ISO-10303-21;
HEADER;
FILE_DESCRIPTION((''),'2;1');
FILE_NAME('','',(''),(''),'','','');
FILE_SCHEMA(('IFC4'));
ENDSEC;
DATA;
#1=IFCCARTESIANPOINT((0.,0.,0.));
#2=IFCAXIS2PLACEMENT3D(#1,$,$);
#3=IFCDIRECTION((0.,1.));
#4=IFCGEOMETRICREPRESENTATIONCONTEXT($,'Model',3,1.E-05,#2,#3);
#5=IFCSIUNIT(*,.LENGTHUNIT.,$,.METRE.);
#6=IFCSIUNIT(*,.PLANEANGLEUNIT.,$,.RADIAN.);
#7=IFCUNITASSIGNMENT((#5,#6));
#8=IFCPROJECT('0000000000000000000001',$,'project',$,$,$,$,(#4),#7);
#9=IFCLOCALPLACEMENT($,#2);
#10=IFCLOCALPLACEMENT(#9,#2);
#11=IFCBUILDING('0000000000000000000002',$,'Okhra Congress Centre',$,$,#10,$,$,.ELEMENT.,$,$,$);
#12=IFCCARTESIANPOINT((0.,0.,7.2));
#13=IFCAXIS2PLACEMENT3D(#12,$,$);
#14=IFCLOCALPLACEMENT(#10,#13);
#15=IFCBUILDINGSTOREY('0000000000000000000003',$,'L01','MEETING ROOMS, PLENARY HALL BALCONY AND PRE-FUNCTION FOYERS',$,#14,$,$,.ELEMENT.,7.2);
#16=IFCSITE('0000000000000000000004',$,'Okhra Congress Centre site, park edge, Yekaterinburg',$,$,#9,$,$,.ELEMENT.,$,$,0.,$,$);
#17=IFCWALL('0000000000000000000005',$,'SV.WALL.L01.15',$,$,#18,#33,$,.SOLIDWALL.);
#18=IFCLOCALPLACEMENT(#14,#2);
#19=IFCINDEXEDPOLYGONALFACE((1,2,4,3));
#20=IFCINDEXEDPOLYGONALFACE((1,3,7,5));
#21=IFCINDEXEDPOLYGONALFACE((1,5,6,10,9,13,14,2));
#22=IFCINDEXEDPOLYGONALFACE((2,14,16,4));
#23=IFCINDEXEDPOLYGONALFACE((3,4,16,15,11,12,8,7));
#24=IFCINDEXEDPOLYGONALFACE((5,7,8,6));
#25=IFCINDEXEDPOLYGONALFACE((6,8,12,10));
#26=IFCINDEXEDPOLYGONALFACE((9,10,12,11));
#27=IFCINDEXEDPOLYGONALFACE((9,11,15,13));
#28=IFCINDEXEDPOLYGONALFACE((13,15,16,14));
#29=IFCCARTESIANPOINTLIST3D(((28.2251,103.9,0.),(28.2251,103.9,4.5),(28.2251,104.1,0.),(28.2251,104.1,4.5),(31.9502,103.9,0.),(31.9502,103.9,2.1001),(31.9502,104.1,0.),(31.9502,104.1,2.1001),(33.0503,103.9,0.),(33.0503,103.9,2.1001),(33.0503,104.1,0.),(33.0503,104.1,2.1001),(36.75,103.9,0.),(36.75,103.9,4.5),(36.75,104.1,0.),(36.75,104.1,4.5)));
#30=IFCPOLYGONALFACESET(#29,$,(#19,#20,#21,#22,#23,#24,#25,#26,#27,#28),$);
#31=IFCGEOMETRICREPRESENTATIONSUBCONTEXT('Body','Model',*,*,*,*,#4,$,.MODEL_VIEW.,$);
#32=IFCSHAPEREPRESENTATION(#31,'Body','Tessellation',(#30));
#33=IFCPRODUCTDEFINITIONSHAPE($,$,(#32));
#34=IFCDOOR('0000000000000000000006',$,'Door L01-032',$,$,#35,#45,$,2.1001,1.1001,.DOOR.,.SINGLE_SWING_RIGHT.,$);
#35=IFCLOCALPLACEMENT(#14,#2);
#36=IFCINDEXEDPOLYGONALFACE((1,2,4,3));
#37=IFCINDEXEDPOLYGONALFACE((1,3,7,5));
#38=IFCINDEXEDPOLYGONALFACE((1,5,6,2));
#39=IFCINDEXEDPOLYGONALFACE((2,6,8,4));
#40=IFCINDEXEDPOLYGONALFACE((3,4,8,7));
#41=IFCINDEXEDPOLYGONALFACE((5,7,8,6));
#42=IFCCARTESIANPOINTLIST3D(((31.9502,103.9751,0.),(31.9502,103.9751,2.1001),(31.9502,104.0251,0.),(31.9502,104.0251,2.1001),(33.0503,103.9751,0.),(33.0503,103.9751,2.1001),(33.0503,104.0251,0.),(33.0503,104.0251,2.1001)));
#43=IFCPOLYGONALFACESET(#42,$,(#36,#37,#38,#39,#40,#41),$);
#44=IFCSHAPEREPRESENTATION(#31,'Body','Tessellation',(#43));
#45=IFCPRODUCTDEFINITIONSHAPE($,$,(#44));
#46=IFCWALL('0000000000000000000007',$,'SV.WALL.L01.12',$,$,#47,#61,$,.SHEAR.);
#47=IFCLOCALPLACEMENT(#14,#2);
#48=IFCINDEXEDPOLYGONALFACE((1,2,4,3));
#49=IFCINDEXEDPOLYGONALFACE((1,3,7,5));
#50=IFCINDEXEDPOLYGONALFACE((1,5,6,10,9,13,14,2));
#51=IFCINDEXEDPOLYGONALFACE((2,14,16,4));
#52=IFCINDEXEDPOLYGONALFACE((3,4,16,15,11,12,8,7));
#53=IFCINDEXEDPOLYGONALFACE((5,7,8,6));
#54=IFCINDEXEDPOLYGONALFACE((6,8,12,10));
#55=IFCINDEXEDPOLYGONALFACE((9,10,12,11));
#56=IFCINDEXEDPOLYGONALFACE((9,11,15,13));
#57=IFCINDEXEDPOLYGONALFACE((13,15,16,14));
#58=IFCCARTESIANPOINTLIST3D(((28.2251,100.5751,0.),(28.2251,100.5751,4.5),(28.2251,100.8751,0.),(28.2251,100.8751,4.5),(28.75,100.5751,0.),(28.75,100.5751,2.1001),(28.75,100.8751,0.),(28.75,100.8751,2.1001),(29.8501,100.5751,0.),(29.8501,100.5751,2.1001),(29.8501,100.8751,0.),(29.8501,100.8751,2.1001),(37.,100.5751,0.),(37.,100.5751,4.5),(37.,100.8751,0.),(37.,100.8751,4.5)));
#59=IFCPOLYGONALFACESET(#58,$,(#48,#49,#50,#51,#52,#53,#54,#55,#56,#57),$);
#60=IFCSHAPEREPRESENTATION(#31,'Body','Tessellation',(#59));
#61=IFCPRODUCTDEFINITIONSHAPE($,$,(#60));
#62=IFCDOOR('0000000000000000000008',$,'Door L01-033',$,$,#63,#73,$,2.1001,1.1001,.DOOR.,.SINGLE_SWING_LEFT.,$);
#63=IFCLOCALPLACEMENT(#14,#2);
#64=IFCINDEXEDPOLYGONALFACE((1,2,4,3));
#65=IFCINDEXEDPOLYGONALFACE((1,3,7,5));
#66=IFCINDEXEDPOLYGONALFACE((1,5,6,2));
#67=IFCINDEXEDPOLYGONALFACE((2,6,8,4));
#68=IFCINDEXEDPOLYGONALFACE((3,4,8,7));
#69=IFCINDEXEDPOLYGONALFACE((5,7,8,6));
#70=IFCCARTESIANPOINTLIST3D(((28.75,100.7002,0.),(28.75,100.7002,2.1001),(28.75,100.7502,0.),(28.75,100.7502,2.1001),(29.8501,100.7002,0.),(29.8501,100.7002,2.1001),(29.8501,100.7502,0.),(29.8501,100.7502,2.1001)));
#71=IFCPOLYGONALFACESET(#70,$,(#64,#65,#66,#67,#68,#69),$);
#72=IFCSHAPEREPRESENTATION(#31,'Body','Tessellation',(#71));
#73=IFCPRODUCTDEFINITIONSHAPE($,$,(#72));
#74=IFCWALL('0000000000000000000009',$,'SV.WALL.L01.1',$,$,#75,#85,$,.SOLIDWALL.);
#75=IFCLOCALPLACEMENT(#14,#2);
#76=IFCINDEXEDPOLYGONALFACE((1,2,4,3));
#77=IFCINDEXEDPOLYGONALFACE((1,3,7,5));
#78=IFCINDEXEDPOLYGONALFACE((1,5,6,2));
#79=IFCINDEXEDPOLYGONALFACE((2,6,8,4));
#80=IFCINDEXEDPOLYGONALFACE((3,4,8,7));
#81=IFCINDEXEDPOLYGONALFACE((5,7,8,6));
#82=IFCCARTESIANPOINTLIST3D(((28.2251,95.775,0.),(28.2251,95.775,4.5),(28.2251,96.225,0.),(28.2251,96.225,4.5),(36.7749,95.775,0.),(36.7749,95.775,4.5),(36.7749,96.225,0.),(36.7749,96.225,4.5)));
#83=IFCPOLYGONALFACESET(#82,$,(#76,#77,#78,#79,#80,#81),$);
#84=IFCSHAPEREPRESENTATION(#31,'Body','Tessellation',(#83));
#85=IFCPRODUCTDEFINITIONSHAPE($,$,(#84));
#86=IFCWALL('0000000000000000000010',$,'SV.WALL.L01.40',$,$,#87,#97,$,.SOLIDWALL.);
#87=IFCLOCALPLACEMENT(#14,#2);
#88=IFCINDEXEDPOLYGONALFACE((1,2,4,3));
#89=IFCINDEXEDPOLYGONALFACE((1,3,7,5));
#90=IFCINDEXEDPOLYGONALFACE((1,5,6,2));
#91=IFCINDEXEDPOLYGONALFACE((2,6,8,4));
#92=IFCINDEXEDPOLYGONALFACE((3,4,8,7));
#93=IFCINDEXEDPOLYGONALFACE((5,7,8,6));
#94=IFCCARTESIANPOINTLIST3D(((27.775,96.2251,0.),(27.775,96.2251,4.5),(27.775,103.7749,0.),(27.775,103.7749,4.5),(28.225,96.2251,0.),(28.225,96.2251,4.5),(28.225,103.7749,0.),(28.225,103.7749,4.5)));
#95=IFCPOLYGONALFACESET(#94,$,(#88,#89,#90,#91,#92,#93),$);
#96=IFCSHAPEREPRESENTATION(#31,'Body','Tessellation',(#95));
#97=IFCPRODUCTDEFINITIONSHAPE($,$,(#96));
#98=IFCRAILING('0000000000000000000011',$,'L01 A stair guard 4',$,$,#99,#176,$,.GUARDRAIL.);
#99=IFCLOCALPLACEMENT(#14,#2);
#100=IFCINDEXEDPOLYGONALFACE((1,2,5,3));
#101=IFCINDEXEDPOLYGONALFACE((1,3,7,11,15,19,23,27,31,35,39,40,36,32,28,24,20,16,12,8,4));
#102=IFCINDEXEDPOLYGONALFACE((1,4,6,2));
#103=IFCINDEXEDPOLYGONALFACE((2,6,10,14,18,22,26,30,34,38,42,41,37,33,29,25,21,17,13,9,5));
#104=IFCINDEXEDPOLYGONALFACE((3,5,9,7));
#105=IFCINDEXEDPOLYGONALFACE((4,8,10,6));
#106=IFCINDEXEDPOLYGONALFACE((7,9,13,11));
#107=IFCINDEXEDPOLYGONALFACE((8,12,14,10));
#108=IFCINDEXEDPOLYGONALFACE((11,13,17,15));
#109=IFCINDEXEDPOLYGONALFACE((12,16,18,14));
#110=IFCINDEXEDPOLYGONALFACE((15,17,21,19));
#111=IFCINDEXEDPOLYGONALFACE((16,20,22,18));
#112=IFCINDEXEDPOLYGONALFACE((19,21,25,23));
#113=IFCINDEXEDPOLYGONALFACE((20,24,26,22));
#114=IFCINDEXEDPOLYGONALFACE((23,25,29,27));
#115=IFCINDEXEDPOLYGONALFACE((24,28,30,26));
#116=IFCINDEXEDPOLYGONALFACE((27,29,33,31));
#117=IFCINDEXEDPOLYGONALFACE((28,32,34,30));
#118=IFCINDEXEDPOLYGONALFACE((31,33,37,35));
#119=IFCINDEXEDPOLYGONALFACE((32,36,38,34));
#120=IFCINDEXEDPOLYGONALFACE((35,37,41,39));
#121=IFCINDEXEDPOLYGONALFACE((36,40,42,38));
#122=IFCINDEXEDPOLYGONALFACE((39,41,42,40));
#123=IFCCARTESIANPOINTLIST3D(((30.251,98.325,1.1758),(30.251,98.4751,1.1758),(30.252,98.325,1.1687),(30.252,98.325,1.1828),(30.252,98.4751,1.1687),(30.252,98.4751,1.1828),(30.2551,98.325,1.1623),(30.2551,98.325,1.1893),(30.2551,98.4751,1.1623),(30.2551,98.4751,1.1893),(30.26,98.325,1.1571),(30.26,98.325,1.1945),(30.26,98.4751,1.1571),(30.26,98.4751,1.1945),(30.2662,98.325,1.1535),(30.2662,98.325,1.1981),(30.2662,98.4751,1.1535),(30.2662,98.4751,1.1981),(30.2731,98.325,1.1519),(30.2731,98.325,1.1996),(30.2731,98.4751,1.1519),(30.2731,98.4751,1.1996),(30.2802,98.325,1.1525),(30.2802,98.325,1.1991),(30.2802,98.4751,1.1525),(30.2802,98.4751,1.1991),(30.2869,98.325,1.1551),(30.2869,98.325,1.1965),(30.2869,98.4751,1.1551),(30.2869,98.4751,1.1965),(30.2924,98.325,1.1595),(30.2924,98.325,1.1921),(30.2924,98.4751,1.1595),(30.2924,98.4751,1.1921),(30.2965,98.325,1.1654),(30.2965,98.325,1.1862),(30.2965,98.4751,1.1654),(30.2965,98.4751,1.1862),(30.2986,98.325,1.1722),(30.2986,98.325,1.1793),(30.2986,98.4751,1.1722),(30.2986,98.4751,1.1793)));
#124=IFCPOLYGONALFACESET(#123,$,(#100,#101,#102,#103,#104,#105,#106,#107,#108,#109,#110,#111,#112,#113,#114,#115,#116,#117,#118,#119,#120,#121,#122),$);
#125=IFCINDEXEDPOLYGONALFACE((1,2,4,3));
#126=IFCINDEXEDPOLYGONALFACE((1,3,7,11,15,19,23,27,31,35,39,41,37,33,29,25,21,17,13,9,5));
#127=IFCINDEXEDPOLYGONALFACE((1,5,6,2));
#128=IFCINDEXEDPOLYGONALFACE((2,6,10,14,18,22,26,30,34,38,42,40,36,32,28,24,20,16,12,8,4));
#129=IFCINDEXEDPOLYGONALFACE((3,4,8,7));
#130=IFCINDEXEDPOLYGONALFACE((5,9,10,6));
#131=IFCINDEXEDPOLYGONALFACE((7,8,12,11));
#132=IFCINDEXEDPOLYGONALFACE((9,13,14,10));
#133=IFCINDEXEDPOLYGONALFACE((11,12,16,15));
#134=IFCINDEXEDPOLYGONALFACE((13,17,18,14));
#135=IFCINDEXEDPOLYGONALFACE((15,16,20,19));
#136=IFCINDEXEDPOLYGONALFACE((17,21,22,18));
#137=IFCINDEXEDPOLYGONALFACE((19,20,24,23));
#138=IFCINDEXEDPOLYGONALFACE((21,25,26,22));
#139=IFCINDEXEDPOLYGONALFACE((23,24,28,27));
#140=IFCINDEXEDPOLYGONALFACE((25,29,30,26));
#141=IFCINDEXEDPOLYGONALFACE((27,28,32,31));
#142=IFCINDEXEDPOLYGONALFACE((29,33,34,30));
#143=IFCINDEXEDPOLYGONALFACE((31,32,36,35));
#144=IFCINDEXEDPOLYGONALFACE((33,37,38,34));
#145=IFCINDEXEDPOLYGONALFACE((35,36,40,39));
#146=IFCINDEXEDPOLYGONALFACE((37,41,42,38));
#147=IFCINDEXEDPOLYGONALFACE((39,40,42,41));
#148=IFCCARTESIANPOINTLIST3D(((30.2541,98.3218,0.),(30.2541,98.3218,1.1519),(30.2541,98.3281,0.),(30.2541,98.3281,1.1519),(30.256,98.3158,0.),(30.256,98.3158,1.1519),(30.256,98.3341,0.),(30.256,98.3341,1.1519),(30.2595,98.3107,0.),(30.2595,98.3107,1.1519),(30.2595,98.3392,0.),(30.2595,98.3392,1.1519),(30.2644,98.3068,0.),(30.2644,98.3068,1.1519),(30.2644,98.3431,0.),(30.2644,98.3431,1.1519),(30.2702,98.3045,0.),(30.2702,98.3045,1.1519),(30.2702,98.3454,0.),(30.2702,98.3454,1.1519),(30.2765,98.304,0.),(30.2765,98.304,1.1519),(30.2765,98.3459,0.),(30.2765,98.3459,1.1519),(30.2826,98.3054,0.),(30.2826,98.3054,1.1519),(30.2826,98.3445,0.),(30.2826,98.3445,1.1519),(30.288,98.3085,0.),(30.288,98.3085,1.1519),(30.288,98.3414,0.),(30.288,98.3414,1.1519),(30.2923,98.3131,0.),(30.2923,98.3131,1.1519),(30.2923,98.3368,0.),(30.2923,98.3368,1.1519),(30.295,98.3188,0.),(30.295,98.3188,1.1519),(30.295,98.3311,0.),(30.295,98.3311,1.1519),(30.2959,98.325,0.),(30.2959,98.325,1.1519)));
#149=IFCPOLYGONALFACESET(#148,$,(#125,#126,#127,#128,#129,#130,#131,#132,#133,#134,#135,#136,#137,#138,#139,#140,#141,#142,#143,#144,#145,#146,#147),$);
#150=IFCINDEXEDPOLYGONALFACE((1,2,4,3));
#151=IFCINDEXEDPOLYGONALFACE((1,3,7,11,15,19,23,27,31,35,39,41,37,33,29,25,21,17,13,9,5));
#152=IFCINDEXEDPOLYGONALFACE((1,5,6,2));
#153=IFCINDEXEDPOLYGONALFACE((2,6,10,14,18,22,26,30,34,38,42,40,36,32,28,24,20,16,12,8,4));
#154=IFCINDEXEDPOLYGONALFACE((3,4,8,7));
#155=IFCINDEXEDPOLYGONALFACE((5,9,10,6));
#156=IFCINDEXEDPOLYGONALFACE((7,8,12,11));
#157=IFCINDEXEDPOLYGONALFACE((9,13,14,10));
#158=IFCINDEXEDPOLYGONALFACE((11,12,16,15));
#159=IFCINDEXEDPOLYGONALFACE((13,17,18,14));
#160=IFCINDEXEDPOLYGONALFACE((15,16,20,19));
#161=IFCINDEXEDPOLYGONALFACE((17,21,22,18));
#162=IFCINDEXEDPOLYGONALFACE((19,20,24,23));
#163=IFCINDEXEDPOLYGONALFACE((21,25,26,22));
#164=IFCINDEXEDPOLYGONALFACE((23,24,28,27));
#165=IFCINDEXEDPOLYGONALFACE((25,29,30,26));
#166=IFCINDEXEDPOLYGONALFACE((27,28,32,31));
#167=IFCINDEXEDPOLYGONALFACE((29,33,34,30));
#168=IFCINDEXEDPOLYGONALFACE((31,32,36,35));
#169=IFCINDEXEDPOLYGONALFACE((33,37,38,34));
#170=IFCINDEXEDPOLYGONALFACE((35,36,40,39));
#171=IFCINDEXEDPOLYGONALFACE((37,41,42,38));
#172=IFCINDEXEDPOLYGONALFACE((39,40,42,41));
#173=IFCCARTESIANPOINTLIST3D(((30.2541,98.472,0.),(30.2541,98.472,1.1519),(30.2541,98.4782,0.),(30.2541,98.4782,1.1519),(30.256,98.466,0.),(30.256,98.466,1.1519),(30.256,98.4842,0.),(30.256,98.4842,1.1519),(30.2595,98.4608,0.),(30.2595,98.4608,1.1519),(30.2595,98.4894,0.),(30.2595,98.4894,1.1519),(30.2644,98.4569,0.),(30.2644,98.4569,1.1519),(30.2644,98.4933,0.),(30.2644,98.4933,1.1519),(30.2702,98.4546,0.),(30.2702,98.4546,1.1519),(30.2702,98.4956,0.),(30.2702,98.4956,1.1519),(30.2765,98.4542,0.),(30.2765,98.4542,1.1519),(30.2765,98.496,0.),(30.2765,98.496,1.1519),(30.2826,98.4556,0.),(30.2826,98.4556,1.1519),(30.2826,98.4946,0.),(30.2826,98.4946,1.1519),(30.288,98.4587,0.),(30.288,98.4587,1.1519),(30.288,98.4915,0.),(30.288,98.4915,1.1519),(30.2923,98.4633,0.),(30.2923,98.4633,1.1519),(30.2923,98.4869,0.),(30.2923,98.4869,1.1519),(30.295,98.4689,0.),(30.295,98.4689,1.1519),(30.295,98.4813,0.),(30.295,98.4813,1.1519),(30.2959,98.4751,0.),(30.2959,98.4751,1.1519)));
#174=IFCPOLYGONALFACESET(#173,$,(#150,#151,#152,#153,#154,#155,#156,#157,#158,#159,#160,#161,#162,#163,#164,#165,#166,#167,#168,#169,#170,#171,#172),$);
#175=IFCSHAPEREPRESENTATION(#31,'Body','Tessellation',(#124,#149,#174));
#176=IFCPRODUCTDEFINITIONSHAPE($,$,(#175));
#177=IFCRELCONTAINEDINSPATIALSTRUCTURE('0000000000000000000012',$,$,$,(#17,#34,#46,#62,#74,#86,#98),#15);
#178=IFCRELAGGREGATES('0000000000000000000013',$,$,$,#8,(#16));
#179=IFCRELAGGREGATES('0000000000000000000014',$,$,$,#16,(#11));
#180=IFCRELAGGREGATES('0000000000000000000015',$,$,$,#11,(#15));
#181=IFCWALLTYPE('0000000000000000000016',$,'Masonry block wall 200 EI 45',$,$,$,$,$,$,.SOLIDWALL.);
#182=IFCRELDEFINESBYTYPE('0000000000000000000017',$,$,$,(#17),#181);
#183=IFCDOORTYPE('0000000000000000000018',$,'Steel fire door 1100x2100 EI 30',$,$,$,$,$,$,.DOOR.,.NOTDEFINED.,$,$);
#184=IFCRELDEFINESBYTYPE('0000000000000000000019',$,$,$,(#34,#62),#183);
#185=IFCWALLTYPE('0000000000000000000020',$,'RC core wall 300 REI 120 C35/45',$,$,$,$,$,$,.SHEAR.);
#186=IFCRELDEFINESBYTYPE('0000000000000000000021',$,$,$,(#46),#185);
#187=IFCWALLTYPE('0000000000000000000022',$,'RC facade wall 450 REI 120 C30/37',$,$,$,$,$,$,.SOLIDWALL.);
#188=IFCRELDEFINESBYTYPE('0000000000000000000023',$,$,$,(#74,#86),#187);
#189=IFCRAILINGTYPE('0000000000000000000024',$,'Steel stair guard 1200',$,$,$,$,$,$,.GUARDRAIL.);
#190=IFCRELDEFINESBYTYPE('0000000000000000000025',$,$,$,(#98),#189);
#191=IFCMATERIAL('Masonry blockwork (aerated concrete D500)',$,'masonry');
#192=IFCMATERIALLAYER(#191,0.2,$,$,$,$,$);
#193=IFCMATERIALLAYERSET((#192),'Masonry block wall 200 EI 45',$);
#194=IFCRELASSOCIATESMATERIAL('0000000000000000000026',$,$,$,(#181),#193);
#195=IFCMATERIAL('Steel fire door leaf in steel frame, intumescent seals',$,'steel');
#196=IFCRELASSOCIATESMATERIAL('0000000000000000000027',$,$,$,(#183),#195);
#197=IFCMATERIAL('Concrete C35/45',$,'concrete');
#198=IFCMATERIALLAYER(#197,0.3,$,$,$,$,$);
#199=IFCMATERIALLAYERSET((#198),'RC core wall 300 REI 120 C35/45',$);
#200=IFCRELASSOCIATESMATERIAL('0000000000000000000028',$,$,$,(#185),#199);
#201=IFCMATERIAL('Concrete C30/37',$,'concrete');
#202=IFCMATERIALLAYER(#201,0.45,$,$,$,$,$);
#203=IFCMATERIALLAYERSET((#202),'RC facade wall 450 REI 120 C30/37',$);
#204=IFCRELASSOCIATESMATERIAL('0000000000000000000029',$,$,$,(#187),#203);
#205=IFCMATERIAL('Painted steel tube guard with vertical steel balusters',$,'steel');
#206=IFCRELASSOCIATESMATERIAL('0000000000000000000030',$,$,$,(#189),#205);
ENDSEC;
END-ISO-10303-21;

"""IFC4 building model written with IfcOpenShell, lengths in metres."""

from ifc_helpers import new_model, si_unit, direction, frame, frame_2d, origin, origin_2d, place, context, subcontext, project, spatial, rectangle, circle, extrude, material, layer, layer_set, type_object, element, fill, save


model = new_model("IFC4")

# Units and contexts
model_context = context("Model", 3, precision=1e-05, world=origin(), true_north=direction((0.0, 1.0)))
body_context = subcontext(model_context, "Body", "Model", "MODEL_VIEW")
ifc_project = project(units=[si_unit("LENGTHUNIT", "METRE"), si_unit("PLANEANGLEUNIT", "RADIAN")], contexts=[model_context])

# Site, building, storey
site_placement = place(None, origin())
site = spatial("IfcSite", under=ifc_project, at=site_placement, Name="Okhra Congress Centre site, park edge, Yekaterinburg", CompositionType="ELEMENT", RefElevation=0.0)
building_placement = place(site_placement, origin())
building = spatial("IfcBuilding", under=site, at=building_placement, Name="Okhra Congress Centre", CompositionType="ELEMENT")
storey_placement = place(building_placement, frame((0.0, 0.0, 7.2)))
storey = spatial("IfcBuildingStorey", under=building, at=storey_placement, Name="L01", Description="MEETING ROOMS, PLENARY HALL BALCONY AND PRE-FUNCTION FOYERS", CompositionType="ELEMENT", Elevation=7.2)

# Shared definitions
ifc_material_1 = material(Name="Concrete C35/45", Category="concrete")

# Walls, openings, doors
ifc_material_2 = material(Name="Masonry blockwork (aerated concrete D500)", Category="masonry")
ifc_layer_1 = layer(ifc_material_2, 0.2)
ifc_layer_set_1 = layer_set([ifc_layer_1], Name="Masonry block wall 200 EI 45")
wall_type_1 = type_object("IfcWallType", Name="Masonry block wall 200 EI 45", PredefinedType="SOLIDWALL", material=ifc_layer_set_1)
wall_1_placement = place(storey_placement, frame((28.2251, 104.0, 0.0), z_axis=(0.0, 0.0, 1.0), x_axis=(1.0, 0.0, 0.0)))
wall_1 = element("IfcWall", 1, at=wall_1_placement, inside=storey, type_object=wall_type_1, Name="SV.WALL.L01.15", PredefinedType="SOLIDWALL", context=body_context, shape_type="SweptSolid", body=[
    extrude(rectangle(XDim=8.5249, YDim=0.2, at=frame_2d((4.2625, 0.0))), origin(), (0.0, 0.0, 1.0), 4.5),
])
opening_1_placement = place(wall_1_placement, frame((3.7251, 0.0, 0.0)))
opening_1 = element("IfcOpeningElement", 2, at=opening_1_placement, cuts=wall_1, PredefinedType="OPENING", context=body_context, shape_type="SweptSolid", body=[
    extrude(rectangle(XDim=1.1001, YDim=2.1001, at=frame_2d((0.55, 1.05))), frame((0.0, 0.1099, 0.0), z_axis=(0.0, -1.0, 0.0), x_axis=(1.0, 0.0, 0.0)), (0.0, 0.0, 1.0), 0.22),
])
ifc_material_3 = material(Name="Steel fire door leaf in steel frame, intumescent seals", Category="steel")
door_type = type_object("IfcDoorType", Name="Steel fire door 1100x2100 EI 30", OperationType="NOTDEFINED", PredefinedType="DOOR", material=ifc_material_3)
door_1_placement = place(opening_1_placement, frame((1.1001, 0.0, 0.0), z_axis=(0.0, 0.0, 1.0), x_axis=(-1.0, 0.0, 0.0)))
door_1 = element("IfcDoor", 3, at=door_1_placement, inside=storey, type_object=door_type, Name="Door L01-032", OperationType="SINGLE_SWING_RIGHT", OverallHeight=2.1001, OverallWidth=1.1001, PredefinedType="DOOR", context=body_context, shape_type="SweptSolid", body=[
    extrude(rectangle(XDim=1.1001, YDim=2.1001, at=frame_2d((0.55, 1.05))), frame((0.0, 0.0249, 0.0), z_axis=(0.0, -1.0, 0.0), x_axis=(1.0, 0.0, 0.0)), (0.0, 0.0, 1.0), 0.05),
])
fill(opening_1, door_1)
ifc_layer_2 = layer(ifc_material_1, 0.3)
ifc_layer_set_2 = layer_set([ifc_layer_2], Name="RC core wall 300 REI 120 C35/45")
wall_type_2 = type_object("IfcWallType", Name="RC core wall 300 REI 120 C35/45", PredefinedType="SHEAR", material=ifc_layer_set_2)
wall_2_placement = place(storey_placement, frame((28.2251, 100.7251, 0.0), z_axis=(0.0, 0.0, 1.0), x_axis=(1.0, 0.0, 0.0)))
wall_2 = element("IfcWall", 4, at=wall_2_placement, inside=storey, type_object=wall_type_2, Name="SV.WALL.L01.12", PredefinedType="SHEAR", context=body_context, shape_type="SweptSolid", body=[
    extrude(rectangle(XDim=8.7749, YDim=0.3, at=frame_2d((4.3875, 0.0))), origin(), (0.0, 0.0, 1.0), 4.5),
])
opening_2_placement = place(wall_2_placement, frame((0.5249, 0.0, 0.0)))
opening_2 = element("IfcOpeningElement", 5, at=opening_2_placement, cuts=wall_2, PredefinedType="OPENING", context=body_context, shape_type="SweptSolid", body=[
    extrude(rectangle(XDim=1.1001, YDim=2.1001, at=frame_2d((0.55, 1.05))), frame((0.0, 0.1599, 0.0), z_axis=(0.0, -1.0, 0.0), x_axis=(1.0, 0.0, 0.0)), (0.0, 0.0, 1.0), 0.3201),
])
door_2_placement = place(opening_2_placement, frame((1.1001, 0.0, 0.0), z_axis=(0.0, 0.0, 1.0), x_axis=(-1.0, 0.0, 0.0)))
door_2 = element("IfcDoor", 6, at=door_2_placement, inside=storey, type_object=door_type, Name="Door L01-033", OperationType="SINGLE_SWING_LEFT", OverallHeight=2.1001, OverallWidth=1.1001, PredefinedType="DOOR", context=body_context, shape_type="SweptSolid", body=[
    extrude(rectangle(XDim=1.1001, YDim=2.1001, at=frame_2d((0.55, 1.05))), frame((0.0, 0.0249, 0.0), z_axis=(0.0, -1.0, 0.0), x_axis=(1.0, 0.0, 0.0)), (0.0, 0.0, 1.0), 0.05),
])
fill(opening_2, door_2)

# Walls
ifc_material_4 = material(Name="Concrete C30/37", Category="concrete")
ifc_layer_3 = layer(ifc_material_4, 0.45)
ifc_layer_set_3 = layer_set([ifc_layer_3], Name="RC facade wall 450 REI 120 C30/37")
wall_type_3 = type_object("IfcWallType", Name="RC facade wall 450 REI 120 C30/37", PredefinedType="SOLIDWALL", material=ifc_layer_set_3)
wall_3_placement = place(storey_placement, frame((28.2251, 96.0, 0.0), z_axis=(0.0, 0.0, 1.0), x_axis=(1.0, 0.0, 0.0)))
element("IfcWall", 7, at=wall_3_placement, inside=storey, type_object=wall_type_3, Name="SV.WALL.L01.1", PredefinedType="SOLIDWALL", context=body_context, shape_type="SweptSolid", body=[
    extrude(rectangle(XDim=8.5498, YDim=0.45, at=frame_2d((4.2749, 0.0))), origin(), (0.0, 0.0, 1.0), 4.5),
])
wall_4_placement = place(storey_placement, frame((28.0, 103.7749, 0.0), z_axis=(0.0, 0.0, 1.0), x_axis=(0.0, -1.0, 0.0)))
element("IfcWall", 8, at=wall_4_placement, inside=storey, type_object=wall_type_3, Name="SV.WALL.L01.40", PredefinedType="SOLIDWALL", context=body_context, shape_type="SweptSolid", body=[
    extrude(rectangle(XDim=7.5498, YDim=0.45, at=frame_2d((3.7749, 0.0))), origin(), (0.0, 0.0, 1.0), 4.5),
])

# Railing
ifc_material_5 = material(Name="Painted steel tube guard with vertical steel balusters", Category="steel")
railing_type = type_object("IfcRailingType", Name="Steel stair guard 1200", PredefinedType="GUARDRAIL", material=ifc_material_5)
railing_placement = place(storey_placement, frame((30.2749, 98.325, 0.0)))
element("IfcRailing", 9, at=railing_placement, inside=storey, type_object=railing_type, Name="L01 A stair guard 4", PredefinedType="GUARDRAIL", context=body_context, shape_type="SweptSolid", body=[
    extrude(circle(Radius=0.0239, at=origin_2d()), frame((0.0, 0.0, 1.1758), z_axis=(0.0, 1.0, 0.0), x_axis=(-1.0, 0.0, 0.0)), (0.0, 0.0, 1.0), 0.1501),
    extrude(circle(Radius=0.021, at=origin_2d()), origin(), (0.0, 0.0, 1.0), 1.1519),
    extrude(circle(Radius=0.021, at=origin_2d()), frame((0.0, 0.1501, 0.0)), (0.0, 0.0, 1.0), 1.1519),
])

save(model, "model.ifc")
